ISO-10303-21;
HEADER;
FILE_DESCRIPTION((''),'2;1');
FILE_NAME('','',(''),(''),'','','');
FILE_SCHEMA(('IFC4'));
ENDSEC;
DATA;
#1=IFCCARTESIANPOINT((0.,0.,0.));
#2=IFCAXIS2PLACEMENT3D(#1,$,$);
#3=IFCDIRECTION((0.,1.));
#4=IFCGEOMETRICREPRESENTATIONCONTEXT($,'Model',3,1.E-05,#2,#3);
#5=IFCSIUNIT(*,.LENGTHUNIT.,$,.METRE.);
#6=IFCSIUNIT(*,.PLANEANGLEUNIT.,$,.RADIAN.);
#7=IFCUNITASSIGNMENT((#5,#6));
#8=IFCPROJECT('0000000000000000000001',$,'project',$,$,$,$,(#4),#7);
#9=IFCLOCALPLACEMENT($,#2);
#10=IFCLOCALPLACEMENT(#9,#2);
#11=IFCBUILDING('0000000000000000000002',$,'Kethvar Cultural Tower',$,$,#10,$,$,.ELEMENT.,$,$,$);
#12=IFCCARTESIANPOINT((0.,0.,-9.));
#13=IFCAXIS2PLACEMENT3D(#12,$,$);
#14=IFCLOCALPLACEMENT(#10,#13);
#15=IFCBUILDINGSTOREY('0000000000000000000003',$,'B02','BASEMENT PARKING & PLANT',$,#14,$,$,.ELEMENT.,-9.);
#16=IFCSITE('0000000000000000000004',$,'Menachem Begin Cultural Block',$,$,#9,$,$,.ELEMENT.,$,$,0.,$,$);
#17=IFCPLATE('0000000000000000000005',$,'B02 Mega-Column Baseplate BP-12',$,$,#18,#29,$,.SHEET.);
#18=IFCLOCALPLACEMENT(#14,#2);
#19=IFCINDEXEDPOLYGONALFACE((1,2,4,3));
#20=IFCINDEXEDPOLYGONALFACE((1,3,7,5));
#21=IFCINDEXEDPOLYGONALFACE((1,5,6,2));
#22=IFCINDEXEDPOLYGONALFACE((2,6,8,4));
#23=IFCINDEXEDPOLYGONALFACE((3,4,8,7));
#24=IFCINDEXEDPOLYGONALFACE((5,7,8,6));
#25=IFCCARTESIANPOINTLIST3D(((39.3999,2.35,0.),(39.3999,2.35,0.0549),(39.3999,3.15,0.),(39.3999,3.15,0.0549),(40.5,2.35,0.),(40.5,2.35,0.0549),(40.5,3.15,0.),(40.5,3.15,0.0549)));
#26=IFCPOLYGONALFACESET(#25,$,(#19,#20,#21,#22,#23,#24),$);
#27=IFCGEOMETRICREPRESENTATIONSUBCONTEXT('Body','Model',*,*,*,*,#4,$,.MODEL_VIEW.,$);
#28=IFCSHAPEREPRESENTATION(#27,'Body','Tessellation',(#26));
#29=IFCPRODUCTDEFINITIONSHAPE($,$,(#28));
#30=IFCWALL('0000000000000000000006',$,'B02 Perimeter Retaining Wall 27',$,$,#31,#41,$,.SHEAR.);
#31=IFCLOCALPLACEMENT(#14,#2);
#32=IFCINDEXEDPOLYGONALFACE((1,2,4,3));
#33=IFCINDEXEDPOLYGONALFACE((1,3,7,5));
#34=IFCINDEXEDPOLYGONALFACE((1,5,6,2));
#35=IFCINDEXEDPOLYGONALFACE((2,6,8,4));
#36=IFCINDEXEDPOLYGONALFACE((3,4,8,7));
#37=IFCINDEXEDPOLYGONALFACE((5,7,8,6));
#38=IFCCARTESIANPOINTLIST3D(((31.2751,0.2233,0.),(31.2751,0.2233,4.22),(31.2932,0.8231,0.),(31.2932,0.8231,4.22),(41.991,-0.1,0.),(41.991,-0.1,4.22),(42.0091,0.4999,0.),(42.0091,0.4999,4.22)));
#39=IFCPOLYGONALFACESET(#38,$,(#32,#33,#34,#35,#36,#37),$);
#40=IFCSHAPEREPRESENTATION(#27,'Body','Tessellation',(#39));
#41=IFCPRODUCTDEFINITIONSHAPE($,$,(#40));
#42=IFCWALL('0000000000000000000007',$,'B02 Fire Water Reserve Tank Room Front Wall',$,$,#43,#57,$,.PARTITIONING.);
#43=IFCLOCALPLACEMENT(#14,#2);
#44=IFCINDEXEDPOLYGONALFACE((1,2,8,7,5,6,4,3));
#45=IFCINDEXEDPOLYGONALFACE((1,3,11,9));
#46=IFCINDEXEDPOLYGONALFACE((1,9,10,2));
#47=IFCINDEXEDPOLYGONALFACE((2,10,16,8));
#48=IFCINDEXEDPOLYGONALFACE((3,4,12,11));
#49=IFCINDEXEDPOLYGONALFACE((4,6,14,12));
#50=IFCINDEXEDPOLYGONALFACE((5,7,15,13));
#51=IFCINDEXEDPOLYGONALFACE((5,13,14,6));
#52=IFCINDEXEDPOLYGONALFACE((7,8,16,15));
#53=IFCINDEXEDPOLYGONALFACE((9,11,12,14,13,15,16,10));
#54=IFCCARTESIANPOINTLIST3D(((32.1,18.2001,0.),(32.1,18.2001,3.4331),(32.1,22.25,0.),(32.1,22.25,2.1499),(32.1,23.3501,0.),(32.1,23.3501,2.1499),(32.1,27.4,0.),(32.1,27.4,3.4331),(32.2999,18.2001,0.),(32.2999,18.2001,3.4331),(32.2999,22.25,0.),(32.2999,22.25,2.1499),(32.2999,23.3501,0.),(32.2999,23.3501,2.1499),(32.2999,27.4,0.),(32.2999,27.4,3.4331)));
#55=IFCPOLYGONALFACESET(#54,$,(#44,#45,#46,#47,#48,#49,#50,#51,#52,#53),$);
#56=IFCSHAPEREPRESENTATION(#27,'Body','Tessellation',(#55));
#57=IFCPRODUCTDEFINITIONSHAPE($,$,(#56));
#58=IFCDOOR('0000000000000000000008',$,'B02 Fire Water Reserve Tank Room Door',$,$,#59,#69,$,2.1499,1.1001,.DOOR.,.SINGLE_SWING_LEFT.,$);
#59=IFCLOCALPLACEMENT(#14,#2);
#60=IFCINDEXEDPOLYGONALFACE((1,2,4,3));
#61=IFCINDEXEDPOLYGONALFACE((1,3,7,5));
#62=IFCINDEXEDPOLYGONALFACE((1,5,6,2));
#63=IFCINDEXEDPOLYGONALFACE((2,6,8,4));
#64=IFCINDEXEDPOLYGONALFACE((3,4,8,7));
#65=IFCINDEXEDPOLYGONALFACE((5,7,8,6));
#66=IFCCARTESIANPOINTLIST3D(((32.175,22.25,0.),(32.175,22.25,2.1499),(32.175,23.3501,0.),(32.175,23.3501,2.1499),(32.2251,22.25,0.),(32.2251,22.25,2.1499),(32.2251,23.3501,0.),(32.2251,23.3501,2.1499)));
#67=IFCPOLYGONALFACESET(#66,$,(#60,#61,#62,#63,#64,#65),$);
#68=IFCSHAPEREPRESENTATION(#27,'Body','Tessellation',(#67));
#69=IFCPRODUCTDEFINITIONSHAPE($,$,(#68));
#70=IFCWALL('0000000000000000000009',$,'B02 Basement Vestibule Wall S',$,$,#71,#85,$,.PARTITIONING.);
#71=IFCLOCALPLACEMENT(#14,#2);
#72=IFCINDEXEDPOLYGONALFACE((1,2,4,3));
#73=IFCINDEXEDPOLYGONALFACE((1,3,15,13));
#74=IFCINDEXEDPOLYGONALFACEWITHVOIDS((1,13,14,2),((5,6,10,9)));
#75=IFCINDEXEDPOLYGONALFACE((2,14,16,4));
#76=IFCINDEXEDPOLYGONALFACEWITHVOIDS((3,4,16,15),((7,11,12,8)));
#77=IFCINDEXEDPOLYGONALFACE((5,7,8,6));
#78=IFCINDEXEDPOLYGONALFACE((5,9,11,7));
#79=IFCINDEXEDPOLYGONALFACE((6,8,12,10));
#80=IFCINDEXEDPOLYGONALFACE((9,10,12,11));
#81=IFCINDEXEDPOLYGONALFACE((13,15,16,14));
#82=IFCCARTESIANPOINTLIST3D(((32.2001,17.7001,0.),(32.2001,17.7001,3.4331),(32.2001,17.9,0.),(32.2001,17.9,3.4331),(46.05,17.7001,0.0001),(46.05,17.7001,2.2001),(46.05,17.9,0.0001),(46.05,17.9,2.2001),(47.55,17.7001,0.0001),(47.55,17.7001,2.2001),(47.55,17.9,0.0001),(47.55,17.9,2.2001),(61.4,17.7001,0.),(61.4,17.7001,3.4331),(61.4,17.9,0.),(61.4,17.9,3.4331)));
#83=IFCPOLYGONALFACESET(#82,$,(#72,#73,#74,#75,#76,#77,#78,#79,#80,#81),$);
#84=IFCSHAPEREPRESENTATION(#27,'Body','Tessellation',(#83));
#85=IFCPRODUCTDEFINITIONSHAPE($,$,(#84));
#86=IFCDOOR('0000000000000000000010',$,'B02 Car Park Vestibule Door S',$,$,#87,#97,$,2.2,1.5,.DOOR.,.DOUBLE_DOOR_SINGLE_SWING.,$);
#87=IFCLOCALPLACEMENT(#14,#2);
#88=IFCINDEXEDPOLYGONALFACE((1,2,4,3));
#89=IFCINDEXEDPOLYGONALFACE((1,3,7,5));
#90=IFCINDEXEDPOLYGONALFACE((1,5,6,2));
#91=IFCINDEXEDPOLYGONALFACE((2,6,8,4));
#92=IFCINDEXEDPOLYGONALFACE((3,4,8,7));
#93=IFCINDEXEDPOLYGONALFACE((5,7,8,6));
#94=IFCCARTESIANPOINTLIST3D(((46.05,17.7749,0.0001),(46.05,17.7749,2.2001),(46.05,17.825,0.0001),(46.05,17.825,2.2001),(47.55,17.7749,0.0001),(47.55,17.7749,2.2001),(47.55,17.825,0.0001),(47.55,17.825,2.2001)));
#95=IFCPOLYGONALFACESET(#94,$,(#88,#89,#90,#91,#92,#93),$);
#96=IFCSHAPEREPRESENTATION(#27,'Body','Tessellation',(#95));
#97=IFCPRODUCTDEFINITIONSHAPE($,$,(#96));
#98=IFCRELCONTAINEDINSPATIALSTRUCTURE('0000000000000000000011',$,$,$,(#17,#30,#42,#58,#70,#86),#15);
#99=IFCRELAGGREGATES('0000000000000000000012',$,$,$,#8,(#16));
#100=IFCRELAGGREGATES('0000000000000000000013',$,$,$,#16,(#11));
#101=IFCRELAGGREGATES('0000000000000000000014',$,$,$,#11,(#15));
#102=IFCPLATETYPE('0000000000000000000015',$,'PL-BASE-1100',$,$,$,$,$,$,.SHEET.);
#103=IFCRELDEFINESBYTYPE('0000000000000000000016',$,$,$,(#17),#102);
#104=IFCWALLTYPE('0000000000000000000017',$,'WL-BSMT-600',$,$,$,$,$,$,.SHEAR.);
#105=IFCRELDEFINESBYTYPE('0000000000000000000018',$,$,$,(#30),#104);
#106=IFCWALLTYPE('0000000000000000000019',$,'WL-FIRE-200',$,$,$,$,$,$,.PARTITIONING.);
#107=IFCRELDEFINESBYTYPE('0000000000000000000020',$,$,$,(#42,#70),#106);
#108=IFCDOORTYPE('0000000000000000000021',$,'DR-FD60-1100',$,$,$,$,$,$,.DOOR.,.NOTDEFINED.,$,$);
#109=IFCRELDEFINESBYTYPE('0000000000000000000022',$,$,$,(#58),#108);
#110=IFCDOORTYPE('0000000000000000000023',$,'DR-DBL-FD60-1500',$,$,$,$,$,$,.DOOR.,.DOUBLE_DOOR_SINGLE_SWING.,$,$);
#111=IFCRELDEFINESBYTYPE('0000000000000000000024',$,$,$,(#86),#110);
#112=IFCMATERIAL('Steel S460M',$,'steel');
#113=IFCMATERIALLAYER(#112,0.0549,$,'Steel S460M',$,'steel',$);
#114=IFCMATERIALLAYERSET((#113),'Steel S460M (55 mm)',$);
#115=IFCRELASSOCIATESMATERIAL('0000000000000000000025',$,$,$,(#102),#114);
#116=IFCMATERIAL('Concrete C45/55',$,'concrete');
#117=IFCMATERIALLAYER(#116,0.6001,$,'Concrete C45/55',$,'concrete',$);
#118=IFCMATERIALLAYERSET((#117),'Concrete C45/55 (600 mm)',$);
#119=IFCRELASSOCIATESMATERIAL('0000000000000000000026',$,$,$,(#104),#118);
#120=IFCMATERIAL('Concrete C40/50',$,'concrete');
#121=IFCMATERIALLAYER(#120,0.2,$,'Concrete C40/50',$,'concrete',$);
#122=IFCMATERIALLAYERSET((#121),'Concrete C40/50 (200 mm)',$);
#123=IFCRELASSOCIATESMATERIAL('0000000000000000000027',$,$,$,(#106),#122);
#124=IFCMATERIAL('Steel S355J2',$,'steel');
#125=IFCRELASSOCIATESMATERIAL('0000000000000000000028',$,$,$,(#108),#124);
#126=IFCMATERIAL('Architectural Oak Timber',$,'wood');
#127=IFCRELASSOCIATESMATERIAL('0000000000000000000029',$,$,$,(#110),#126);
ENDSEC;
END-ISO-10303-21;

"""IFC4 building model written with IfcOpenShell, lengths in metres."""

from ifc_helpers import new_model, si_unit, direction, frame, frame_2d, origin, origin_2d, place, context, subcontext, project, spatial, rectangle, extrude, source, transform, mapped, material, layer, layer_set, type_object, element, fill, save


model = new_model("IFC4")

# Units and contexts
model_context = context("Model", 3, precision=1e-05, world=origin(), true_north=direction((0.0, 1.0)))
body_context = subcontext(model_context, "Body", "Model", "MODEL_VIEW")
ifc_project = project(units=[si_unit("LENGTHUNIT", "METRE"), si_unit("PLANEANGLEUNIT", "RADIAN")], contexts=[model_context])

# Site, building, storey
site_placement = place(None, origin())
site = spatial("IfcSite", under=ifc_project, at=site_placement, Name="Menachem Begin Cultural Block", CompositionType="ELEMENT", RefElevation=0.0)
building_placement = place(site_placement, origin())
building = spatial("IfcBuilding", under=site, at=building_placement, Name="Kethvar Cultural Tower", CompositionType="ELEMENT")
storey_placement = place(building_placement, frame((0.0, 0.0, -9.0)))
storey = spatial("IfcBuildingStorey", under=building, at=storey_placement, Name="B02", Description="BASEMENT PARKING & PLANT", CompositionType="ELEMENT", Elevation=-9.0)

# Shared definitions
ifc_material_1 = material(Name="Concrete C45/55", Category="concrete")

# Shared definitions
ifc_material_2 = material(Name="Steel S460M", Category="steel")

# Shared definitions
ifc_material_3 = material(Name="Steel S355J2", Category="steel")

# Plate
ifc_layer_1 = layer(ifc_material_2, 0.0549, Name="Steel S460M", Category="steel")
ifc_layer_set_1 = layer_set([ifc_layer_1], Name="Steel S460M (55 mm)")
plate_type = type_object("IfcPlateType", Name="PL-BASE-1100", PredefinedType="SHEET", material=ifc_layer_set_1)
shared_shape_1 = source(origin(), body_context, "Body", "SweptSolid", [
    extrude(rectangle(XDim=1.1001, YDim=0.8, at=origin_2d()), origin(), (0.0, 0.0, 1.0), 0.0549),
])
for number, where, z_axis, x_axis, name in (
    (1, (39.95, 2.75, 0.0), (0.0, 0.0, 1.0), (1.0, 0.0, 0.0), "B02 Mega-Column Baseplate BP-12"),
):
    element("IfcPlate", number, at=place(storey_placement, frame(where, z_axis=z_axis, x_axis=x_axis)), inside=storey, type_object=plate_type, Name=name, PredefinedType="SHEET", context=body_context, shape_type="MappedRepresentation", body=[
        mapped(shared_shape_1, transform((0.0, 0.0, 0.0), scale=1.0)),
    ])

# Wall
ifc_layer_2 = layer(ifc_material_1, 0.6001, Name="Concrete C45/55", Category="concrete")
ifc_layer_set_2 = layer_set([ifc_layer_2], Name="Concrete C45/55 (600 mm)")
wall_type_1 = type_object("IfcWallType", Name="WL-BSMT-600", PredefinedType="SHEAR", material=ifc_layer_set_2)
wall_1_placement = place(storey_placement, frame((31.2842, 0.5232, 0.0), z_axis=(0.0, 0.0, 1.0), x_axis=(0.999545, -0.030151, 0.0)))
element("IfcWall", 2, at=wall_1_placement, inside=storey, type_object=wall_type_1, Name="B02 Perimeter Retaining Wall 27", PredefinedType="SHEAR", context=body_context, shape_type="SweptSolid", body=[
    extrude(rectangle(XDim=10.7207, YDim=0.6001, at=frame_2d((5.3604, 0.0))), origin(), (0.0, 0.0, 1.0), 4.22),
])

# Walls, openings, doors
ifc_material_4 = material(Name="Concrete C40/50", Category="concrete")
ifc_layer_3 = layer(ifc_material_4, 0.2, Name="Concrete C40/50", Category="concrete")
ifc_layer_set_3 = layer_set([ifc_layer_3], Name="Concrete C40/50 (200 mm)")
wall_type_2 = type_object("IfcWallType", Name="WL-FIRE-200", PredefinedType="PARTITIONING", material=ifc_layer_set_3)
wall_2_placement = place(storey_placement, frame((32.2, 18.2, 0.0), z_axis=(0.0, 0.0, 1.0), x_axis=(0.0, 1.0, 0.0)))
wall_2 = element("IfcWall", 3, at=wall_2_placement, inside=storey, type_object=wall_type_2, Name="B02 Fire Water Reserve Tank Room Front Wall", PredefinedType="PARTITIONING", context=body_context, shape_type="SweptSolid", body=[
    extrude(rectangle(XDim=9.2, YDim=0.2, at=frame_2d((4.6001, 0.0))), origin(), (0.0, 0.0, 1.0), 3.4331),
])
opening_1_placement = place(wall_2_placement, frame((4.05, 0.0, 0.0)))
opening_1 = element("IfcOpeningElement", 4, at=opening_1_placement, cuts=wall_2, PredefinedType="OPENING", context=body_context, shape_type="SweptSolid", body=[
    extrude(rectangle(XDim=1.1001, YDim=2.1499, at=frame_2d((0.55, 1.075))), frame((0.0, 0.1099, 0.0), z_axis=(0.0, -1.0, 0.0), x_axis=(1.0, 0.0, 0.0)), (0.0, 0.0, 1.0), 0.22),
])
door_type_1 = type_object("IfcDoorType", Name="DR-FD60-1100", OperationType="NOTDEFINED", PredefinedType="DOOR", material=ifc_material_3)
shared_shape_2 = source(origin(), body_context, "Body", "SweptSolid", [
    extrude(rectangle(XDim=1.1001, YDim=2.1499, at=frame_2d((0.55, 1.075))), frame((0.0, 0.0249, 0.0), z_axis=(0.0, -1.0, 0.0), x_axis=(1.0, 0.0, 0.0)), (0.0, 0.0, 1.0), 0.05),
])
door_1_placement = place(opening_1_placement, origin())
door_1 = element("IfcDoor", 5, at=door_1_placement, inside=storey, type_object=door_type_1, Name="B02 Fire Water Reserve Tank Room Door", OperationType="SINGLE_SWING_LEFT", OverallHeight=2.1499, OverallWidth=1.1001, PredefinedType="DOOR", context=body_context, shape_type="MappedRepresentation", body=[
    mapped(shared_shape_2, transform((0.0, 0.0, 0.0), scale=1.0)),
])
fill(opening_1, door_1)
wall_3_placement = place(storey_placement, frame((32.2, 17.8, 0.0), z_axis=(0.0, 0.0, 1.0), x_axis=(1.0, 0.0, 0.0)))
wall_3 = element("IfcWall", 6, at=wall_3_placement, inside=storey, type_object=wall_type_2, Name="B02 Basement Vestibule Wall S", PredefinedType="PARTITIONING", context=body_context, shape_type="SweptSolid", body=[
    extrude(rectangle(XDim=29.2, YDim=0.2, at=frame_2d((14.6001, 0.0))), origin(), (0.0, 0.0, 1.0), 3.4331),
])
opening_2_placement = place(wall_3_placement, frame((13.8501, 0.0, 0.0)))
opening_2 = element("IfcOpeningElement", 7, at=opening_2_placement, cuts=wall_3, PredefinedType="OPENING", context=body_context, shape_type="SweptSolid", body=[
    extrude(rectangle(XDim=1.5, YDim=2.2, at=frame_2d((0.75, 1.1001))), frame((0.0, 0.1099, 0.0), z_axis=(0.0, -1.0, 0.0), x_axis=(1.0, 0.0, 0.0)), (0.0, 0.0, 1.0), 0.22),
])
ifc_material_5 = material(Name="Architectural Oak Timber", Category="wood")
door_type_2 = type_object("IfcDoorType", Name="DR-DBL-FD60-1500", OperationType="DOUBLE_DOOR_SINGLE_SWING", PredefinedType="DOOR", material=ifc_material_5)
shared_shape_3 = source(origin(), body_context, "Body", "SweptSolid", [
    extrude(rectangle(XDim=1.5, YDim=2.2, at=frame_2d((0.75, 1.1001))), frame((0.0, 0.0249, 0.0), z_axis=(0.0, -1.0, 0.0), x_axis=(1.0, 0.0, 0.0)), (0.0, 0.0, 1.0), 0.05),
])
door_2_placement = place(opening_2_placement, origin())
door_2 = element("IfcDoor", 8, at=door_2_placement, inside=storey, type_object=door_type_2, Name="B02 Car Park Vestibule Door S", OperationType="DOUBLE_DOOR_SINGLE_SWING", OverallHeight=2.2, OverallWidth=1.5, PredefinedType="DOOR", context=body_context, shape_type="MappedRepresentation", body=[
    mapped(shared_shape_3, transform((0.0, 0.0, 0.0), scale=1.0)),
])
fill(opening_2, door_2)

save(model, "model.ifc")
